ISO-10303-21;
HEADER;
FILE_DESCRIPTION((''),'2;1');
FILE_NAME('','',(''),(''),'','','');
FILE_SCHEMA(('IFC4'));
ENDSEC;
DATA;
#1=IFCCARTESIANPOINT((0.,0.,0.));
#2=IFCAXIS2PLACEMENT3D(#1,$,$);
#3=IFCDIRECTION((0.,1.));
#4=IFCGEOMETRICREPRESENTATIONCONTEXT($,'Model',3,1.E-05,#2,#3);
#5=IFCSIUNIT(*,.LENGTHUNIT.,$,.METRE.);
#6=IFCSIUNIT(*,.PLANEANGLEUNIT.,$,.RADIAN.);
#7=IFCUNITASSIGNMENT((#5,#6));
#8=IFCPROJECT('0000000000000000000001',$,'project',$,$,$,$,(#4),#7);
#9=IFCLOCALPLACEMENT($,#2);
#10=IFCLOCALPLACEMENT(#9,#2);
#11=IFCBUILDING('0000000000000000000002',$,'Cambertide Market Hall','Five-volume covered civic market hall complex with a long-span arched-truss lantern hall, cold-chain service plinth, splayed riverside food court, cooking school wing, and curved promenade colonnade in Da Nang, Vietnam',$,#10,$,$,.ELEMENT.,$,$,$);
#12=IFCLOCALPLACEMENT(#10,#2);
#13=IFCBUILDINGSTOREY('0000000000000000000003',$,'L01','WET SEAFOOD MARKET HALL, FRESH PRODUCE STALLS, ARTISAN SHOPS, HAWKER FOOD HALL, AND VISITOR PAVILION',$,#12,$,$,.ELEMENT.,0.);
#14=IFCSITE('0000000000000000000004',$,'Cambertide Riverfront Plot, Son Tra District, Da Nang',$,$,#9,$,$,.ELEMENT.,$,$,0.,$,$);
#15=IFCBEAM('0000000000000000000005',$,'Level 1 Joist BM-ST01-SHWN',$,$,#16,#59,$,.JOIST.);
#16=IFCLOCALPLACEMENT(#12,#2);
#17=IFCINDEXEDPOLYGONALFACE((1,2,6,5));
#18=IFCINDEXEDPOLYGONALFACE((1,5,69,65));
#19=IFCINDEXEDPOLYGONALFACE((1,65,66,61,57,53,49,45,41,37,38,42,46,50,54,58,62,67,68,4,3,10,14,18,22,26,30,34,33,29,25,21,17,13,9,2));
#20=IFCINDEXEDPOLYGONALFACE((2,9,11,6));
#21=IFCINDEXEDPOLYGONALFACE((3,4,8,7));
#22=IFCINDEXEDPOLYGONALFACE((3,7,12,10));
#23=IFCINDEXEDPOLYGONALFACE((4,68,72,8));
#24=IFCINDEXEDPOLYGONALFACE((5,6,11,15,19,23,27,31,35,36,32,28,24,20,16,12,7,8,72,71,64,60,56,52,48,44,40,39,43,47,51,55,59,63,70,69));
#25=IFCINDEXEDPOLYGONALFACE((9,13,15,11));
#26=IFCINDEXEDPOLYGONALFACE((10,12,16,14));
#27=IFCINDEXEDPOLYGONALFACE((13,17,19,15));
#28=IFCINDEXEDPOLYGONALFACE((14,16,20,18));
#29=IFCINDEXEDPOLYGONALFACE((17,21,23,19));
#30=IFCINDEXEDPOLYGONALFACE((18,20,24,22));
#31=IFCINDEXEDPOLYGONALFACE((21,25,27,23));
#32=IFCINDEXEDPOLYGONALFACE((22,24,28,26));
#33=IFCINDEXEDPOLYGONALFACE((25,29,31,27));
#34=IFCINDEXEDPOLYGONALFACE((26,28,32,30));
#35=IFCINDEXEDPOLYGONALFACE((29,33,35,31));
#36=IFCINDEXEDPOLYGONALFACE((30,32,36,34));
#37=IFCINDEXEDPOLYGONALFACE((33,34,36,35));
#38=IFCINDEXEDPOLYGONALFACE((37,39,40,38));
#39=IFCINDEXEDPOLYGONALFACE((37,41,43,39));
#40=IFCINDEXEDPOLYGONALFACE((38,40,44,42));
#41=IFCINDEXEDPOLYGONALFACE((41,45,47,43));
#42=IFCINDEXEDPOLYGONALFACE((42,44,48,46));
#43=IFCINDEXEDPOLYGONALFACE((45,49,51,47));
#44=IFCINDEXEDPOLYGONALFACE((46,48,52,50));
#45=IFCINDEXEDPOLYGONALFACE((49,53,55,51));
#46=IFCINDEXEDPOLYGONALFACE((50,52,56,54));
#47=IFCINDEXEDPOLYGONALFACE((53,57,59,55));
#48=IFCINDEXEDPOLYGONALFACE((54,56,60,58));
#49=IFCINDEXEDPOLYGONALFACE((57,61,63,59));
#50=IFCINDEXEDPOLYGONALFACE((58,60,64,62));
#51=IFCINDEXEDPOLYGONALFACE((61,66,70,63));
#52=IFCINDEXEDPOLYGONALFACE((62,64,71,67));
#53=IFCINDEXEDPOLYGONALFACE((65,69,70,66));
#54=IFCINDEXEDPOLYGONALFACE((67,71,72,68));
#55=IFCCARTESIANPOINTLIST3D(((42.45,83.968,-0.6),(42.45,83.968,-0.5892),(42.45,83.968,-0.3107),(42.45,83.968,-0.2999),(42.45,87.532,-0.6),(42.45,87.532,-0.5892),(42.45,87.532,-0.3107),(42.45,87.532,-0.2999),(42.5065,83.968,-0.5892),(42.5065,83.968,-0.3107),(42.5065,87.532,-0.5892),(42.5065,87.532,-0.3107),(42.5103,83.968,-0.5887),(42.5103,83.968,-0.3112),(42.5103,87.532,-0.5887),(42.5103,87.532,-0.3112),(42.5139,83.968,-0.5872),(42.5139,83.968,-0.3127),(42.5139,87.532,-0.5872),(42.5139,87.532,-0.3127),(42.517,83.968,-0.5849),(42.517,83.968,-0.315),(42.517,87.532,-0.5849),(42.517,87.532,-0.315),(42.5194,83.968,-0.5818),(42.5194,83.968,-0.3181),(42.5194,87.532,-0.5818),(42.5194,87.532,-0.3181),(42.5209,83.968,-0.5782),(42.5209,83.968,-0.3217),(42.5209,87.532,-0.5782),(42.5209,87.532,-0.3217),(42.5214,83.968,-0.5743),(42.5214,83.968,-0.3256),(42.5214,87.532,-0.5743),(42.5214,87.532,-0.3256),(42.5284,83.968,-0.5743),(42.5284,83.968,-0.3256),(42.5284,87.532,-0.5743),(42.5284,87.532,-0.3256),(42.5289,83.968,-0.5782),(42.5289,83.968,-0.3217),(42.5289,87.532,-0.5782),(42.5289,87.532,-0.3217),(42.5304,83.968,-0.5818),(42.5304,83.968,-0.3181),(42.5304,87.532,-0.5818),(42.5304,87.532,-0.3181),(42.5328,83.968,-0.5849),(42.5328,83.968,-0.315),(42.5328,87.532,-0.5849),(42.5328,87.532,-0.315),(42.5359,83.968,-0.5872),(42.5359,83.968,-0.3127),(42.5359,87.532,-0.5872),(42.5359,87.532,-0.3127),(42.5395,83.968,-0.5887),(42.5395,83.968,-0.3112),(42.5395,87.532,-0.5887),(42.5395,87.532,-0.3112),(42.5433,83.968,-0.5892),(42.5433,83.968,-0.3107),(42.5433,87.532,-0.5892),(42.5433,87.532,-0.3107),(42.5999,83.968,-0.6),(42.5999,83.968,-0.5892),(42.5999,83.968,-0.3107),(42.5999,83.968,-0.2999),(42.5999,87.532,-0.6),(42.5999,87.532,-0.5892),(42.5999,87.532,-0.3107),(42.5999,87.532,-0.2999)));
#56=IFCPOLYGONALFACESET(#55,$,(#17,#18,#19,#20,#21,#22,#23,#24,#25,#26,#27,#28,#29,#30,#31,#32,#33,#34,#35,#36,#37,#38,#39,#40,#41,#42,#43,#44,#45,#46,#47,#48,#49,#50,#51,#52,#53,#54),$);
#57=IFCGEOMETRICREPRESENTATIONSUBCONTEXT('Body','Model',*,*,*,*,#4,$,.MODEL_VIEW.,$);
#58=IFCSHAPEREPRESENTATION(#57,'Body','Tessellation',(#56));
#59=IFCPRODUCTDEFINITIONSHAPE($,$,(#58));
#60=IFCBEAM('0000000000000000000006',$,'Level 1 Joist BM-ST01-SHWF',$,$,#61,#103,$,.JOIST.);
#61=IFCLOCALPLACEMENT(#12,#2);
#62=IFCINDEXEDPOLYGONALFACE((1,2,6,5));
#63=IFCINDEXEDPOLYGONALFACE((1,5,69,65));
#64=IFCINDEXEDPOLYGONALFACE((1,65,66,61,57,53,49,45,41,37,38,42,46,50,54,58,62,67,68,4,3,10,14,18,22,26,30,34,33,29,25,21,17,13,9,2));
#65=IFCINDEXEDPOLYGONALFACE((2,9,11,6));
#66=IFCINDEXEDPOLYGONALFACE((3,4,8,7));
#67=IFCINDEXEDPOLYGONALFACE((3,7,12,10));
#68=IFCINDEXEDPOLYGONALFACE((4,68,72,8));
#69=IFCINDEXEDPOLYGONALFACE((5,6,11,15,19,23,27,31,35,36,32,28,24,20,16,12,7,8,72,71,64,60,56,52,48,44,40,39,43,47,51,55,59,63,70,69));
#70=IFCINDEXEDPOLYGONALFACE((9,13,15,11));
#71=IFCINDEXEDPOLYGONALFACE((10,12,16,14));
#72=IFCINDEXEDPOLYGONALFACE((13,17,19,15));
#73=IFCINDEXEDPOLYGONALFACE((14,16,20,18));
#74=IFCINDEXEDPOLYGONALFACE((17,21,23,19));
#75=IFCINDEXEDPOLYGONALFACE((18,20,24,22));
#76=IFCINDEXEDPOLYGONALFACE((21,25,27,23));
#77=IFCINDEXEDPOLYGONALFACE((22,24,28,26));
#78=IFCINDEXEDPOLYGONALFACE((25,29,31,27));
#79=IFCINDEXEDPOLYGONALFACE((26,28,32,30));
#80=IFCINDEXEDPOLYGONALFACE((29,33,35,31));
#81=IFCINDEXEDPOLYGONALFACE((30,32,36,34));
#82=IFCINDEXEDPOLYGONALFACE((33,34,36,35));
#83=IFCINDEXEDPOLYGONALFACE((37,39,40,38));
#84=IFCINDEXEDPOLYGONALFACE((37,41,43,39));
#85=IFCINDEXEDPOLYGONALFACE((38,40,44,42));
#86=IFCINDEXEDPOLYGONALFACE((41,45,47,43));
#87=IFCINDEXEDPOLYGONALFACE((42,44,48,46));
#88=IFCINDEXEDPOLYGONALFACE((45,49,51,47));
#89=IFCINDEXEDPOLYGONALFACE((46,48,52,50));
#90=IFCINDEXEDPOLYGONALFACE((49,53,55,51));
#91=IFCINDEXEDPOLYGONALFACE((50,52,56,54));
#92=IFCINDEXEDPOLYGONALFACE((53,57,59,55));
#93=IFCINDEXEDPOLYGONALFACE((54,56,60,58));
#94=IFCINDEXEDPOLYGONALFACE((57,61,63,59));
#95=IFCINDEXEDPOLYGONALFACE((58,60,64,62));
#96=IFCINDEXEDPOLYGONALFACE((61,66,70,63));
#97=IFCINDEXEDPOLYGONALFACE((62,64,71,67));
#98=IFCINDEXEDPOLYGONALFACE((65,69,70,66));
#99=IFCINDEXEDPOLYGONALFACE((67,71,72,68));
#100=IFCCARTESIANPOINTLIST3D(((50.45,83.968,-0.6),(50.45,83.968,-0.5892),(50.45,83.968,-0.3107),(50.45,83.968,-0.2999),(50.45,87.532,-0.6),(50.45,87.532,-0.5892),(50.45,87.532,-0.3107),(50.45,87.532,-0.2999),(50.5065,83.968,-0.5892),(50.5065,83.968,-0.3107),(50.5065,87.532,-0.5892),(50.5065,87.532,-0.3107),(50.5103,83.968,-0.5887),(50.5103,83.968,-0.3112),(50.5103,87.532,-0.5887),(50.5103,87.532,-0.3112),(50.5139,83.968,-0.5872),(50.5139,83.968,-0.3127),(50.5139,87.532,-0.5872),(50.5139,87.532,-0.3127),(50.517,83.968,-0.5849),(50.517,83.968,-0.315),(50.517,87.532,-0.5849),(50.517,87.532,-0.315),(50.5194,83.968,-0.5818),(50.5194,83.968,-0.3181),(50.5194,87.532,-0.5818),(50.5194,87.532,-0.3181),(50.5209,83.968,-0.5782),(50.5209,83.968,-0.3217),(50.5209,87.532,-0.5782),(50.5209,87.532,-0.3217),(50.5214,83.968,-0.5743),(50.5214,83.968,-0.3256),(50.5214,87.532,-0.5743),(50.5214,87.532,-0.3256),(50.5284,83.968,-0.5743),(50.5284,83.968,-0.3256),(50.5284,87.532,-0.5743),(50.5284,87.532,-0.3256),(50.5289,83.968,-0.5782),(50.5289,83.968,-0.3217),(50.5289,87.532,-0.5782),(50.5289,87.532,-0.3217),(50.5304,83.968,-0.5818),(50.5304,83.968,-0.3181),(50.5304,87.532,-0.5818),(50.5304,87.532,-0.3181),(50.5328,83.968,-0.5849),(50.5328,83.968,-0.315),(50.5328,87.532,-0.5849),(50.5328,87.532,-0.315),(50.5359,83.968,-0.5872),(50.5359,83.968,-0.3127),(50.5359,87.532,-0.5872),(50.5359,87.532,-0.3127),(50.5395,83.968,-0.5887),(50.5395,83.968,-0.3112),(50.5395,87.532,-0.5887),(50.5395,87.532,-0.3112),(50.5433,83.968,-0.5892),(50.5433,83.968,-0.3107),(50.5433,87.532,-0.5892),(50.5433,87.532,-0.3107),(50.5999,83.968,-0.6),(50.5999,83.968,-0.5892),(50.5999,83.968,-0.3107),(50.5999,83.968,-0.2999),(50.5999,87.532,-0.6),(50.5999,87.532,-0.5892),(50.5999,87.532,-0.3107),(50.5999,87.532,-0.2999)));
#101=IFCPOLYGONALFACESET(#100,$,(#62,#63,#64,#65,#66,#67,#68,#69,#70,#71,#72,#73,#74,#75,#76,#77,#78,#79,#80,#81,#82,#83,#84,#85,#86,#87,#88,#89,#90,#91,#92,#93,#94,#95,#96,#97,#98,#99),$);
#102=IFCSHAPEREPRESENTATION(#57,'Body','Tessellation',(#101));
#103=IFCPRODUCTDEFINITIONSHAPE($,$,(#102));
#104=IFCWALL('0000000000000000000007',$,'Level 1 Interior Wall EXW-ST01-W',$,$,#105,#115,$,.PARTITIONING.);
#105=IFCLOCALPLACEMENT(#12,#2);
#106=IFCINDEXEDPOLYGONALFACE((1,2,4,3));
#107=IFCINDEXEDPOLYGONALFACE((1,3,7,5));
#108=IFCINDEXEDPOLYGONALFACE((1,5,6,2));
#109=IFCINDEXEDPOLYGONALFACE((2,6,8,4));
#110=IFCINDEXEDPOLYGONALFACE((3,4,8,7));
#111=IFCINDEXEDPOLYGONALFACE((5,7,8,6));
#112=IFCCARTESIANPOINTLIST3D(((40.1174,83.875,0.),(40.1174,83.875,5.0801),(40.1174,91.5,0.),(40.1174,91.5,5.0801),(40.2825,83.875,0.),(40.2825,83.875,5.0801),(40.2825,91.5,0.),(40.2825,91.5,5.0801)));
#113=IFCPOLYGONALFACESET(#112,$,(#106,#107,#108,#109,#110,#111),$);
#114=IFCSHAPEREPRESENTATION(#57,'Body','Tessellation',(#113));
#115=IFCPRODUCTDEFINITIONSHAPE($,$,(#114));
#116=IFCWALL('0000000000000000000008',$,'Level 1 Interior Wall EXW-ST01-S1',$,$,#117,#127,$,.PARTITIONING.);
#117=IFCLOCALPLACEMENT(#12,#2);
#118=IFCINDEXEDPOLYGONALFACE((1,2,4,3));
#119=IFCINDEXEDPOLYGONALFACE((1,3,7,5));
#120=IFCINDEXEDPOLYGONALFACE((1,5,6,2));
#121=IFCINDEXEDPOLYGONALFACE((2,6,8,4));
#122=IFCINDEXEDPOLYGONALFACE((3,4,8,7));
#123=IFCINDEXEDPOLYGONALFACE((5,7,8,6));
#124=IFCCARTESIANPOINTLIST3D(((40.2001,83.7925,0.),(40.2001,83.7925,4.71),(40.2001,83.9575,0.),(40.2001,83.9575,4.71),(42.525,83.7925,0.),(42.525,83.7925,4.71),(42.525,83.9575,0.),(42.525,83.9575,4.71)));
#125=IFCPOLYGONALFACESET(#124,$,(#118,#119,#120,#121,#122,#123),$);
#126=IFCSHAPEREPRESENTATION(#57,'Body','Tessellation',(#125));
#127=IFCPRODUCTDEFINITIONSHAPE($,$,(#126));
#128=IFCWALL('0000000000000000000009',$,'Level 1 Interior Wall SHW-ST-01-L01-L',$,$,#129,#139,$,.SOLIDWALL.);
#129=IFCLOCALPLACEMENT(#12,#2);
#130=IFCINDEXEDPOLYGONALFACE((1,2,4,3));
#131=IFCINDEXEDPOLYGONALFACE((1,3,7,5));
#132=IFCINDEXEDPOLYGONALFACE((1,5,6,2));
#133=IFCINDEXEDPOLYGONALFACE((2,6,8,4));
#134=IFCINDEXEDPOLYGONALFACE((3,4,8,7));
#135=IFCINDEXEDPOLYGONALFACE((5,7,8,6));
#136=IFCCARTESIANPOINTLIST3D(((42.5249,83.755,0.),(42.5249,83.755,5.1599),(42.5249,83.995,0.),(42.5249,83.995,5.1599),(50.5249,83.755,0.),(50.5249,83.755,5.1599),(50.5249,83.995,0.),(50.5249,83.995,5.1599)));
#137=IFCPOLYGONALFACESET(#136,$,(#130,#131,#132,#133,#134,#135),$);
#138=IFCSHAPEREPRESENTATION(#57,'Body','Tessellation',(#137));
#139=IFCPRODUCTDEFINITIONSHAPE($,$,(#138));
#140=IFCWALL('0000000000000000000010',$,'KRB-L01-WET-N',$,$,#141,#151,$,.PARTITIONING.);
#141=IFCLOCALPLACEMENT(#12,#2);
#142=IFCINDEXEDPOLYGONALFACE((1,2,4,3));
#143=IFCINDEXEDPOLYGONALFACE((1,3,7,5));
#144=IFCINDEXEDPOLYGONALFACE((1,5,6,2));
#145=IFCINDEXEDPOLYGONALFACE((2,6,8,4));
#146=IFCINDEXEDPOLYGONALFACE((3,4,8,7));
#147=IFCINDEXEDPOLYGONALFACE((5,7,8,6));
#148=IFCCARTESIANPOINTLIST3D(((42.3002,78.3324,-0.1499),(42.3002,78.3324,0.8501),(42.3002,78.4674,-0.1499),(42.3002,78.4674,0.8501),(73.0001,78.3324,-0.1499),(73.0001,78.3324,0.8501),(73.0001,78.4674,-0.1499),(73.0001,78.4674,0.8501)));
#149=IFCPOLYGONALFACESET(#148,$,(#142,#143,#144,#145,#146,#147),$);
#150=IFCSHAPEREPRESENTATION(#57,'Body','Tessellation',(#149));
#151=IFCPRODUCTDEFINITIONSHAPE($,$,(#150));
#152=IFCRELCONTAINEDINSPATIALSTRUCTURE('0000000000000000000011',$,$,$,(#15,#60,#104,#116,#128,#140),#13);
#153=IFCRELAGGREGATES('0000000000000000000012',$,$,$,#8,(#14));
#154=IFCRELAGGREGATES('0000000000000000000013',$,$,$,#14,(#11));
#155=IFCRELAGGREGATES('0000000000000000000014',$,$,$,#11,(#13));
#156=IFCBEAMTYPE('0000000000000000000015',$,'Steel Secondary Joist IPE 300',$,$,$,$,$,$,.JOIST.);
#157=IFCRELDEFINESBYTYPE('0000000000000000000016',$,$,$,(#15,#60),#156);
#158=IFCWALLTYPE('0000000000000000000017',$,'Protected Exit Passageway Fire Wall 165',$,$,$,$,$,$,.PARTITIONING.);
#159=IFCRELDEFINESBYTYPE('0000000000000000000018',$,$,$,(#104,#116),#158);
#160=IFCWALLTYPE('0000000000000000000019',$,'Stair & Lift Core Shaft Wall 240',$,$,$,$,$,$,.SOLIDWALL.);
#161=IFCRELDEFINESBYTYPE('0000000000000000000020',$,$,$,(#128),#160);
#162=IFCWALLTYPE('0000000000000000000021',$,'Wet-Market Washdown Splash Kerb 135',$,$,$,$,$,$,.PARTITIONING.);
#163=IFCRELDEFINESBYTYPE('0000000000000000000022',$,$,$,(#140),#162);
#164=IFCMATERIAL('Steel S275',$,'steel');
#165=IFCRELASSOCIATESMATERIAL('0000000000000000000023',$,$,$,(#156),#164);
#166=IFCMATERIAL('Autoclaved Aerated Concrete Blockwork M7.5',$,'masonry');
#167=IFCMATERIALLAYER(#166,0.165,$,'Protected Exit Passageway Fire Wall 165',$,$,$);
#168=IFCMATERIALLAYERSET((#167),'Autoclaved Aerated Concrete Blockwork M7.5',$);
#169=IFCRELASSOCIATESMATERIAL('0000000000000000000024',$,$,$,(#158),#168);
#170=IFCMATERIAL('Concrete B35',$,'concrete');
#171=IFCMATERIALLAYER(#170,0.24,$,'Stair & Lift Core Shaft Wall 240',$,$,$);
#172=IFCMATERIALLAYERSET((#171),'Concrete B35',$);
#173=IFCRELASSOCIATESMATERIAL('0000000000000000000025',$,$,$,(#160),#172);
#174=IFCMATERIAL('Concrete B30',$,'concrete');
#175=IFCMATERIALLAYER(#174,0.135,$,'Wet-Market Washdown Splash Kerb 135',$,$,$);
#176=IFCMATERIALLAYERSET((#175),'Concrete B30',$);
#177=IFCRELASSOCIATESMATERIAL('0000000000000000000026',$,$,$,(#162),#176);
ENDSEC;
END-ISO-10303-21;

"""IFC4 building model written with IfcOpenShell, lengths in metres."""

from ifc_helpers import new_model, si_unit, direction, frame, frame_2d, origin, origin_2d, place, context, subcontext, project, spatial, rectangle, i_section, extrude, material, layer, layer_set, material_profile, profile_set, type_object, element, save


model = new_model("IFC4")

# Units and contexts
model_context = context("Model", 3, precision=1e-05, world=origin(), true_north=direction((0.0, 1.0)))
body_context = subcontext(model_context, "Body", "Model", "MODEL_VIEW")
ifc_project = project(units=[si_unit("LENGTHUNIT", "METRE"), si_unit("PLANEANGLEUNIT", "RADIAN")], contexts=[model_context])

# Site, building, storey
site_placement = place(None, origin())
site = spatial("IfcSite", under=ifc_project, at=site_placement, Name="Cambertide Riverfront Plot, Son Tra District, Da Nang", CompositionType="ELEMENT", RefElevation=0.0)
building_placement = place(site_placement, origin())
building = spatial("IfcBuilding", under=site, at=building_placement, Name="Cambertide Market Hall", Description="Five-volume covered civic market hall complex with a long-span arched-truss lantern hall, cold-chain service plinth, splayed riverside food court, cooking school wing, and curved promenade colonnade in Da Nang, Vietnam", CompositionType="ELEMENT")
storey_placement = place(building_placement, origin())
storey = spatial("IfcBuildingStorey", under=building, at=storey_placement, Name="L01", Description="WET SEAFOOD MARKET HALL, FRESH PRODUCE STALLS, ARTISAN SHOPS, HAWKER FOOD HALL, AND VISITOR PAVILION", CompositionType="ELEMENT", Elevation=0.0)

# Beams
ifc_material_1 = material(Name="Steel S275", Category="steel")
ifc_material_profile_1 = material_profile(ifc_material_1, i_section(OverallWidth=0.1499, OverallDepth=0.3, WebThickness=0.0071, FlangeThickness=0.0107, FilletRadius=0.0149, at=origin_2d()), Name="IPE 300")
ifc_profile_set_1 = profile_set([ifc_material_profile_1], Name="Steel S275")
beam_type_1 = type_object("IfcBeamType", Name="Steel Secondary Joist IPE 300", PredefinedType="JOIST", material=ifc_profile_set_1)
for number, where, z_axis, x_axis, name in (
    (1, (42.5249, 83.968, -0.45), (0.0, 1.0, 0.0), (-1.0, 0.0, 0.0), "Level 1 Joist BM-ST01-SHWN"),
    (2, (50.5249, 83.968, -0.45), (0.0, 1.0, 0.0), (-1.0, 0.0, 0.0), "Level 1 Joist BM-ST01-SHWF"),
):
    element("IfcBeam", number, at=place(storey_placement, frame(where, z_axis=z_axis, x_axis=x_axis)), inside=storey, type_object=beam_type_1, Name=name, PredefinedType="JOIST", context=body_context, shape_type="SweptSolid", body=[
        extrude(i_section(OverallWidth=0.1499, OverallDepth=0.3, WebThickness=0.0071, FlangeThickness=0.0107, FilletRadius=0.0149, at=origin_2d()), origin(), (0.0, 0.0, 1.0), 3.564),
    ])

# Walls
ifc_material_2 = material(Name="Autoclaved Aerated Concrete Blockwork M7.5", Category="masonry")
ifc_layer_1 = layer(ifc_material_2, 0.165, Name="Protected Exit Passageway Fire Wall 165")
ifc_layer_set_1 = layer_set([ifc_layer_1], Name="Autoclaved Aerated Concrete Blockwork M7.5")
wall_type_1 = type_object("IfcWallType", Name="Protected Exit Passageway Fire Wall 165", PredefinedType="PARTITIONING", material=ifc_layer_set_1)
wall_1_placement = place(storey_placement, frame((40.2, 83.875, 0.0), z_axis=(0.0, 0.0, 1.0), x_axis=(0.0, 1.0, 0.0)))
element("IfcWall", 3, at=wall_1_placement, inside=storey, type_object=wall_type_1, Name="Level 1 Interior Wall EXW-ST01-W", PredefinedType="PARTITIONING", context=body_context, shape_type="SweptSolid", body=[
    extrude(rectangle(XDim=7.625, YDim=0.165, at=frame_2d((3.8125, 0.0))), origin(), (0.0, 0.0, 1.0), 5.0801),
])
wall_2_placement = place(storey_placement, frame((40.2, 83.875, 0.0), z_axis=(0.0, 0.0, 1.0), x_axis=(1.0, 0.0, 0.0)))
element("IfcWall", 4, at=wall_2_placement, inside=storey, type_object=wall_type_1, Name="Level 1 Interior Wall EXW-ST01-S1", PredefinedType="PARTITIONING", context=body_context, shape_type="SweptSolid", body=[
    extrude(rectangle(XDim=2.325, YDim=0.165, at=frame_2d((1.1626, 0.0))), origin(), (0.0, 0.0, 1.0), 4.71),
])

# Shared definitions
ifc_material_3 = material(Name="Concrete B35", Category="concrete")
ifc_layer_2 = layer(ifc_material_3, 0.24, Name="Stair & Lift Core Shaft Wall 240")
ifc_layer_set_2 = layer_set([ifc_layer_2], Name="Concrete B35")
wall_type_2 = type_object("IfcWallType", Name="Stair & Lift Core Shaft Wall 240", PredefinedType="SOLIDWALL", material=ifc_layer_set_2)

# Walls
wall_3_placement = place(storey_placement, frame((50.5249, 83.875, 0.0), z_axis=(0.0, 0.0, 1.0), x_axis=(-1.0, 0.0, 0.0)))
element("IfcWall", 5, at=wall_3_placement, inside=storey, type_object=wall_type_2, Name="Level 1 Interior Wall SHW-ST-01-L01-L", PredefinedType="SOLIDWALL", context=body_context, shape_type="SweptSolid", body=[
    extrude(rectangle(XDim=8.0, YDim=0.24, at=frame_2d((4.0, 0.0))), origin(), (0.0, 0.0, 1.0), 5.1599),
])
ifc_material_4 = material(Name="Concrete B30", Category="concrete")
ifc_layer_3 = layer(ifc_material_4, 0.135, Name="Wet-Market Washdown Splash Kerb 135")
ifc_layer_set_3 = layer_set([ifc_layer_3], Name="Concrete B30")
wall_type_3 = type_object("IfcWallType", Name="Wet-Market Washdown Splash Kerb 135", PredefinedType="PARTITIONING", material=ifc_layer_set_3)
wall_4_placement = place(storey_placement, frame((42.3, 78.3999, -0.1499), z_axis=(0.0, 0.0, 1.0), x_axis=(1.0, 0.0, 0.0)))
element("IfcWall", 6, at=wall_4_placement, inside=storey, type_object=wall_type_3, Name="KRB-L01-WET-N", PredefinedType="PARTITIONING", context=body_context, shape_type="SweptSolid", body=[
    extrude(rectangle(XDim=30.7, YDim=0.135, at=frame_2d((15.3501, 0.0))), origin(), (0.0, 0.0, 1.0), 1.0),
])

save(model, "model.ifc")
